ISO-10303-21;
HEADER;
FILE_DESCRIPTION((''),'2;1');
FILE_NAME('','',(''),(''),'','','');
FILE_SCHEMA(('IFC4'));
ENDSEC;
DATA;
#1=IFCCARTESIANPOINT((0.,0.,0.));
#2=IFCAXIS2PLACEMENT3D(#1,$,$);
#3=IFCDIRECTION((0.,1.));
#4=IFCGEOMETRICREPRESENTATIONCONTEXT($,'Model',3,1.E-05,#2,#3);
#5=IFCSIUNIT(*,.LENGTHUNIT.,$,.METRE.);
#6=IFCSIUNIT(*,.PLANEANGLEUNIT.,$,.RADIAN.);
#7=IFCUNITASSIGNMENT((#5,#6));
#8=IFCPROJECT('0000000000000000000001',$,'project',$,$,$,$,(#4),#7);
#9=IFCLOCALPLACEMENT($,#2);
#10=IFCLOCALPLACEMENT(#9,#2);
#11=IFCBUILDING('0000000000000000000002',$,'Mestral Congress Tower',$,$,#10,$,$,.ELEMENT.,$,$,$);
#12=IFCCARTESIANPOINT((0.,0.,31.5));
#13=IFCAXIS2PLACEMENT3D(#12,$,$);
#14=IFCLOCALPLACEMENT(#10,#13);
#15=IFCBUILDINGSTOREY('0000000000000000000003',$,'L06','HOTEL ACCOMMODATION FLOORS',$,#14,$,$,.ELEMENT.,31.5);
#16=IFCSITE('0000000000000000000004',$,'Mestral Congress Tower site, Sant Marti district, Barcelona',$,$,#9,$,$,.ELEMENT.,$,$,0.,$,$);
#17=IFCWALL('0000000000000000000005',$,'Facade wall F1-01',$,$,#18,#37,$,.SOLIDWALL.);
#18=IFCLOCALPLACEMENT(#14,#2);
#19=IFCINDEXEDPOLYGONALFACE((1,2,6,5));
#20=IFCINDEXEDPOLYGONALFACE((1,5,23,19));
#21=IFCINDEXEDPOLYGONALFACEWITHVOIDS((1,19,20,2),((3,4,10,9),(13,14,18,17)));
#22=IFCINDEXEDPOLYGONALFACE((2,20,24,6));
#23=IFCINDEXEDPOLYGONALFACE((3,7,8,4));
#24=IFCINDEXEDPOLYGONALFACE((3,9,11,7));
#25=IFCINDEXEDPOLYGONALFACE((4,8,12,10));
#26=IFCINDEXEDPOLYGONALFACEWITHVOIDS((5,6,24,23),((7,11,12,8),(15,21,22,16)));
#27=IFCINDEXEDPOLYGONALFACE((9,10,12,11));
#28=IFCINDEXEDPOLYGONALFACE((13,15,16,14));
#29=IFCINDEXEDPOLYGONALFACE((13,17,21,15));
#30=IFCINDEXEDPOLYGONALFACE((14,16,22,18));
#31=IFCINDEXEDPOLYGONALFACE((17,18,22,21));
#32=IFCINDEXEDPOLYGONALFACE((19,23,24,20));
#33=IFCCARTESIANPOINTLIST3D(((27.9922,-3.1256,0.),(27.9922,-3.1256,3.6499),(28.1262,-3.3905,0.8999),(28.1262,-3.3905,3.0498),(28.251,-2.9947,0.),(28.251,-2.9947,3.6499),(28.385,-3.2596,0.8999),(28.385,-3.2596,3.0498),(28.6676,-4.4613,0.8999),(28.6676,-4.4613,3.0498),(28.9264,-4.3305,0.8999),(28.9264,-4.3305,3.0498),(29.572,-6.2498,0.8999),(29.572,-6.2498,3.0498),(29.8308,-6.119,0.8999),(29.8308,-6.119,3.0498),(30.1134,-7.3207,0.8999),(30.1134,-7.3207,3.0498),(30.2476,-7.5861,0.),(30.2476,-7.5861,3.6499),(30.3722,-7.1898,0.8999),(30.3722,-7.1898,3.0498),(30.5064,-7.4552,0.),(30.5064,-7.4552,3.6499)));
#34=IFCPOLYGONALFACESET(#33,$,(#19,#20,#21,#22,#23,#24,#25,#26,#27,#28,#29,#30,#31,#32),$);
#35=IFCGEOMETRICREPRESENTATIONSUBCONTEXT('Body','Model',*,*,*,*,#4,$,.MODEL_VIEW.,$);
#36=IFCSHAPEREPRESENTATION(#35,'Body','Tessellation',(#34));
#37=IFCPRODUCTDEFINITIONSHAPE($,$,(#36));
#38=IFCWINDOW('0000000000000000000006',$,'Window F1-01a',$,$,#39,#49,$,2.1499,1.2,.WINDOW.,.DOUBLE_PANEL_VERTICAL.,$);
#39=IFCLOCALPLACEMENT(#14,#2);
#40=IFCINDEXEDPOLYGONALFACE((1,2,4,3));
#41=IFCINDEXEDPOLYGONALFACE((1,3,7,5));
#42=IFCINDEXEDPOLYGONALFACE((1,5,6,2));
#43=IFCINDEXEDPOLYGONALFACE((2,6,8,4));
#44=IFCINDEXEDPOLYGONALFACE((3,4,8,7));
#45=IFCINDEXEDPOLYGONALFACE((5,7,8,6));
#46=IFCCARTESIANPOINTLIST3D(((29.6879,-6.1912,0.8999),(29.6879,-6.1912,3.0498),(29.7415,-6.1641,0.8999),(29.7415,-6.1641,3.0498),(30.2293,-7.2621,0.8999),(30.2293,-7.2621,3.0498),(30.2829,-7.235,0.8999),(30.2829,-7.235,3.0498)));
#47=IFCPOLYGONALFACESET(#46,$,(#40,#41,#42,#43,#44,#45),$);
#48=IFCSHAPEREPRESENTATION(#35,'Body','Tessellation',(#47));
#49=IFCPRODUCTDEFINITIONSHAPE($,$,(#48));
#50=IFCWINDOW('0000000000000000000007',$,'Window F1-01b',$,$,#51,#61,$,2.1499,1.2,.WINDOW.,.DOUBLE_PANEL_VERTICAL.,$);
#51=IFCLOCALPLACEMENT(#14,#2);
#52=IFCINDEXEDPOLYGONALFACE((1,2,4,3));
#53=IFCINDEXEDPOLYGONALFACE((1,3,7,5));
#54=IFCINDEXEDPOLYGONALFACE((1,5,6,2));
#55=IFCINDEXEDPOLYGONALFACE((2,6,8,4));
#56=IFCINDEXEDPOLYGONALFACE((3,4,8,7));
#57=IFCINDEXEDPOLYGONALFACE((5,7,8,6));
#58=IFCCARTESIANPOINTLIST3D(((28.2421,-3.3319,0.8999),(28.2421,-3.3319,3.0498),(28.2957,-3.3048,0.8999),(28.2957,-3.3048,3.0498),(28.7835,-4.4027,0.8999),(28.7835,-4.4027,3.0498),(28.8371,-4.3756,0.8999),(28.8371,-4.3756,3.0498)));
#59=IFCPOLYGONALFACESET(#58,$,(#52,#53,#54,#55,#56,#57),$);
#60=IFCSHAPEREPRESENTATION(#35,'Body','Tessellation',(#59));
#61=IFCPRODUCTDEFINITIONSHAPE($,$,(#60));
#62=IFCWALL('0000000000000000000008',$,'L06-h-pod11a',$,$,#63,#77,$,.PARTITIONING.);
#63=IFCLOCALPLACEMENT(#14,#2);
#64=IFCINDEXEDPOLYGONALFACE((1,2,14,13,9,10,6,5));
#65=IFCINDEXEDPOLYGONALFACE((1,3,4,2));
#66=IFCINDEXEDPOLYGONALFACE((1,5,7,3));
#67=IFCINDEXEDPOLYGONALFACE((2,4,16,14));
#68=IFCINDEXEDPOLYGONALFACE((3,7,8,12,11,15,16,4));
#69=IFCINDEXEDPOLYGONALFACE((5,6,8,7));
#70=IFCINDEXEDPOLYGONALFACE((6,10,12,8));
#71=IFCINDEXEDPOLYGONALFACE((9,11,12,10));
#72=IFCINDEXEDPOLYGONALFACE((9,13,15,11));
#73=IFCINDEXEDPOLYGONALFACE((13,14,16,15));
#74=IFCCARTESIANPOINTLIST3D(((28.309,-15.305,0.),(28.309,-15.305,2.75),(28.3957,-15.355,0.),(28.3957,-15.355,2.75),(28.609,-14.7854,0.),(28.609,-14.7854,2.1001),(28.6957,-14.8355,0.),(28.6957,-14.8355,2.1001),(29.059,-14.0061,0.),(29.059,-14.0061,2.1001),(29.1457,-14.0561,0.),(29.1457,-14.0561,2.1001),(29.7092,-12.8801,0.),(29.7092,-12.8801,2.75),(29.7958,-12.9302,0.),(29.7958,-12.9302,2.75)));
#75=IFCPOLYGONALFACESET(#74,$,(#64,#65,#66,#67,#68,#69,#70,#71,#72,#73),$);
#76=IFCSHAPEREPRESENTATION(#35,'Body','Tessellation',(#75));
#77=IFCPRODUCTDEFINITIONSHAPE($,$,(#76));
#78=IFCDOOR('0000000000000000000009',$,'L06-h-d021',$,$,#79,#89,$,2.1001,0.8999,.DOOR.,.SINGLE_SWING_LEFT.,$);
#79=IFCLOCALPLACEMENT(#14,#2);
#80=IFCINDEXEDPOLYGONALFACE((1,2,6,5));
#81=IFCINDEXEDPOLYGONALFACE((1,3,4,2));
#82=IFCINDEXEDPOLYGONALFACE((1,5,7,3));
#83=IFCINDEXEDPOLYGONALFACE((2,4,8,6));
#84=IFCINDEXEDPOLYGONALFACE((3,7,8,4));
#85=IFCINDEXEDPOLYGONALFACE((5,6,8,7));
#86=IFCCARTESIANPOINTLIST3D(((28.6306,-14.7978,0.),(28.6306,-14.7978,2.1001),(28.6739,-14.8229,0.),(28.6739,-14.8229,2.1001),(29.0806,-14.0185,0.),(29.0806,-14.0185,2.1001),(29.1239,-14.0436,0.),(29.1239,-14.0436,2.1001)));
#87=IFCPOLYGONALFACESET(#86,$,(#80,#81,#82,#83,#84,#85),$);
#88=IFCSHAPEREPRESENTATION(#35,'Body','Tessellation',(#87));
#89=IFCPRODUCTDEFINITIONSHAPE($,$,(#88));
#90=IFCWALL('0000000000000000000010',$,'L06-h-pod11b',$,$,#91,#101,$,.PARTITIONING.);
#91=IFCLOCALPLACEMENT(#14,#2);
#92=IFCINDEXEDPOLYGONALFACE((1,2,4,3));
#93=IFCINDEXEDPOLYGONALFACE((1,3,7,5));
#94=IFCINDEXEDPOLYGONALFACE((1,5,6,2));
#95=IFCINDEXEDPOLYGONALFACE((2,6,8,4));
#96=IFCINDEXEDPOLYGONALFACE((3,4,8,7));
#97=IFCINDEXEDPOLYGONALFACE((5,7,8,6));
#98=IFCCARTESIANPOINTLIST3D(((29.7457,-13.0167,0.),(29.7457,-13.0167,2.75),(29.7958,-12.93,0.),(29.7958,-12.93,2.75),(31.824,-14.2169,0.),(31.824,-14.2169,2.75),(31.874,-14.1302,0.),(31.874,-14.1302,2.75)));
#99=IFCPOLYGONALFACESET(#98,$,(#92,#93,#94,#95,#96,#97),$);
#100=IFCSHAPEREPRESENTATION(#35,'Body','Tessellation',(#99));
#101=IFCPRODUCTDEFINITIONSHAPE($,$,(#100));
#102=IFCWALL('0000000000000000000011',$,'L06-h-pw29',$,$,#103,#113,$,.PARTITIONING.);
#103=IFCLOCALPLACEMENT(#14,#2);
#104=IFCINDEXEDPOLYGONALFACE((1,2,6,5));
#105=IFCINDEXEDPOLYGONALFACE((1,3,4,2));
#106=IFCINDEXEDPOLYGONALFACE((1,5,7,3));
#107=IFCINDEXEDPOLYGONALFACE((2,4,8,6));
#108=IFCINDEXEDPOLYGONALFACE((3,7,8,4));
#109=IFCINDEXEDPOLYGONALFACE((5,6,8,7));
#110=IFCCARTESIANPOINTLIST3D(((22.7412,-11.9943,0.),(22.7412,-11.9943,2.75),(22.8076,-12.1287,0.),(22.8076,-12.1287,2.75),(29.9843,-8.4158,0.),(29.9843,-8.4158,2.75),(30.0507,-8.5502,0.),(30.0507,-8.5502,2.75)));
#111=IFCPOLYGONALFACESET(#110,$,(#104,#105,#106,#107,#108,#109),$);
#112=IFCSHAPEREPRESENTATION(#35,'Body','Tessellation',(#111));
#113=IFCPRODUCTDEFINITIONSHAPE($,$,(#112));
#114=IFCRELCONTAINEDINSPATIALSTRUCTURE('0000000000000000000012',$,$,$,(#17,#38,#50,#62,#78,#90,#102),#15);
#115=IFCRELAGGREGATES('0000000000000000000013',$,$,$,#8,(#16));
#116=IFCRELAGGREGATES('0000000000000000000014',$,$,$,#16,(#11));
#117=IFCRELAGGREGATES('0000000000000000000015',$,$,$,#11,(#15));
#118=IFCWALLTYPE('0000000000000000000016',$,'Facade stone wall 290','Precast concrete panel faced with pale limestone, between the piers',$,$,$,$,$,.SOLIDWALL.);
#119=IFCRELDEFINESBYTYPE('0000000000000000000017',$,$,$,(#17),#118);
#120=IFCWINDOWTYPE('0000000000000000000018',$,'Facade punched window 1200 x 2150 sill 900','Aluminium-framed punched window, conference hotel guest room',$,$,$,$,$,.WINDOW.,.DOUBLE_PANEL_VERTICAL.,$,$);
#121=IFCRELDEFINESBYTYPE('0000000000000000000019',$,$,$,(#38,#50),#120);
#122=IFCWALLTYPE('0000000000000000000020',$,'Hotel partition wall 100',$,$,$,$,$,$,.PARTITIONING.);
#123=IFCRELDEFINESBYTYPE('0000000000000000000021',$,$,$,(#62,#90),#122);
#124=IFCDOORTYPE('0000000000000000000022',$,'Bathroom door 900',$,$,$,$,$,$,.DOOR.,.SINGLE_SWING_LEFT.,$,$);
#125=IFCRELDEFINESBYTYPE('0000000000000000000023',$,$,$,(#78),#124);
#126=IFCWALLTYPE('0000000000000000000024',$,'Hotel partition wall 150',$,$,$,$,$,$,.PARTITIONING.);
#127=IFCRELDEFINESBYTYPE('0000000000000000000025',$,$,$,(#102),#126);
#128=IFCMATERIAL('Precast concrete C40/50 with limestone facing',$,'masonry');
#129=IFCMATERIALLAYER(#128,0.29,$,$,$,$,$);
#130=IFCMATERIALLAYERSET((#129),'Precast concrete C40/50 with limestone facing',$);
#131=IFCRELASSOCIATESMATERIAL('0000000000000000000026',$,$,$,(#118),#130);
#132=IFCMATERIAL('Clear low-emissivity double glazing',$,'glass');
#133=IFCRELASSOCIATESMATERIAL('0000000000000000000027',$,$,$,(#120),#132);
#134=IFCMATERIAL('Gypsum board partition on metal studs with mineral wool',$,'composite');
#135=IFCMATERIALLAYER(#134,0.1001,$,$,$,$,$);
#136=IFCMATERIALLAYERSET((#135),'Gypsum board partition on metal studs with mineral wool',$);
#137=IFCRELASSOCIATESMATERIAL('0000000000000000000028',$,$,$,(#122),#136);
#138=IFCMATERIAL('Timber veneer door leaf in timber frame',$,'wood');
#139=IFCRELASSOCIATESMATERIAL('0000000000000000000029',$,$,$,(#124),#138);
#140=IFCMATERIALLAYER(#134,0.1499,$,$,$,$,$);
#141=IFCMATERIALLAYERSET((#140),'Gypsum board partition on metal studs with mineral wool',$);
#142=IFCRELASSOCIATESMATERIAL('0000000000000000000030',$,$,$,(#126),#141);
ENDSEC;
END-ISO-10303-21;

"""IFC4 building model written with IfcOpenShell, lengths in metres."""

from ifc_helpers import new_model, si_unit, direction, frame, frame_2d, origin, place, context, subcontext, project, spatial, rectangle, extrude, material, layer, layer_set, type_object, element, fill, save


model = new_model("IFC4")

# Units and contexts
model_context = context("Model", 3, precision=1e-05, world=origin(), true_north=direction((0.0, 1.0)))
body_context = subcontext(model_context, "Body", "Model", "MODEL_VIEW")
ifc_project = project(units=[si_unit("LENGTHUNIT", "METRE"), si_unit("PLANEANGLEUNIT", "RADIAN")], contexts=[model_context])

# Site, building, storey
site_placement = place(None, origin())
site = spatial("IfcSite", under=ifc_project, at=site_placement, Name="Mestral Congress Tower site, Sant Marti district, Barcelona", CompositionType="ELEMENT", RefElevation=0.0)
building_placement = place(site_placement, origin())
building = spatial("IfcBuilding", under=site, at=building_placement, Name="Mestral Congress Tower", CompositionType="ELEMENT")
storey_placement = place(building_placement, frame((0.0, 0.0, 31.5)))
storey = spatial("IfcBuildingStorey", under=building, at=storey_placement, Name="L06", Description="HOTEL ACCOMMODATION FLOORS", CompositionType="ELEMENT", Elevation=31.5)

# Shared definitions
ifc_material_1 = material(Name="Precast concrete C40/50 with limestone facing", Category="masonry")
ifc_layer_1 = layer(ifc_material_1, 0.29)
ifc_layer_set_1 = layer_set([ifc_layer_1], Name="Precast concrete C40/50 with limestone facing")
wall_type_1 = type_object("IfcWallType", Name="Facade stone wall 290", Description="Precast concrete panel faced with pale limestone, between the piers", PredefinedType="SOLIDWALL", material=ifc_layer_set_1)
ifc_material_2 = material(Name="Clear low-emissivity double glazing", Category="glass")

# Wall, openings, windows
window_type_1 = type_object("IfcWindowType", Name="Facade punched window 1200 x 2150 sill 900", Description="Aluminium-framed punched window, conference hotel guest room", PartitioningType="DOUBLE_PANEL_VERTICAL", PredefinedType="WINDOW", material=ifc_material_2)
wall_1_placement = place(storey_placement, frame((30.377, -7.5205, 0.0), z_axis=(0.0, 0.0, 1.0), x_axis=(-0.451234, 0.892406, 0.0)))
wall_1 = element("IfcWall", 1, at=wall_1_placement, inside=storey, type_object=wall_type_1, Name="Facade wall F1-01", PredefinedType="SOLIDWALL", context=body_context, shape_type="SweptSolid", body=[
    extrude(rectangle(XDim=4.9983, YDim=0.29, at=frame_2d((2.499, 0.0))), origin(), (0.0, 0.0, 1.0), 3.6499),
])
opening_1_placement = place(wall_1_placement, frame((0.2971, 0.0, 0.8999)))
opening_1 = element("IfcOpeningElement", 2, at=opening_1_placement, cuts=wall_1, PredefinedType="OPENING", context=body_context, shape_type="SweptSolid", body=[
    extrude(rectangle(XDim=1.2, YDim=2.1499, at=frame_2d((0.6001, 1.075))), frame((0.0, 0.155, 0.0), z_axis=(0.0, -1.0, 0.0), x_axis=(1.0, 0.0, 0.0)), (0.0, 0.0, 1.0), 0.3101),
])
opening_2_placement = place(wall_1_placement, frame((3.5012, 0.0, 0.8999)))
opening_2 = element("IfcOpeningElement", 3, at=opening_2_placement, cuts=wall_1, PredefinedType="OPENING", context=body_context, shape_type="SweptSolid", body=[
    extrude(rectangle(XDim=1.2, YDim=2.1499, at=frame_2d((0.6001, 1.075))), frame((0.0, 0.155, 0.0), z_axis=(0.0, -1.0, 0.0), x_axis=(1.0, 0.0, 0.0)), (0.0, 0.0, 1.0), 0.3101),
])
window_1_placement = place(opening_1_placement, origin())
window_1 = element("IfcWindow", 4, at=window_1_placement, inside=storey, type_object=window_type_1, Name="Window F1-01a", OverallHeight=2.1499, OverallWidth=1.2, PartitioningType="DOUBLE_PANEL_VERTICAL", PredefinedType="WINDOW", context=body_context, shape_type="SweptSolid", body=[
    extrude(rectangle(XDim=1.2, YDim=2.1499, at=frame_2d((0.6001, 1.075))), frame((0.0, 0.0151, 0.0), z_axis=(0.0, -1.0, 0.0), x_axis=(1.0, 0.0, 0.0)), (0.0, 0.0, 1.0), 0.0601),
])
fill(opening_1, window_1)
window_2_placement = place(opening_2_placement, origin())
window_2 = element("IfcWindow", 5, at=window_2_placement, inside=storey, type_object=window_type_1, Name="Window F1-01b", OverallHeight=2.1499, OverallWidth=1.2, PartitioningType="DOUBLE_PANEL_VERTICAL", PredefinedType="WINDOW", context=body_context, shape_type="SweptSolid", body=[
    extrude(rectangle(XDim=1.2, YDim=2.1499, at=frame_2d((0.6001, 1.075))), frame((0.0, 0.0151, 0.0), z_axis=(0.0, -1.0, 0.0), x_axis=(1.0, 0.0, 0.0)), (0.0, 0.0, 1.0), 0.0601),
])
fill(opening_2, window_2)

# Wall, opening, door
ifc_material_3 = material(Name="Gypsum board partition on metal studs with mineral wool", Category="composite")
ifc_layer_2 = layer(ifc_material_3, 0.1001)
ifc_layer_set_2 = layer_set([ifc_layer_2], Name="Gypsum board partition on metal studs with mineral wool")
wall_type_2 = type_object("IfcWallType", Name="Hotel partition wall 100", PredefinedType="PARTITIONING", material=ifc_layer_set_2)
wall_2_placement = place(storey_placement, frame((29.7524, -12.9053, 0.0), z_axis=(0.0, 0.0, 1.0), x_axis=(-0.50005, -0.865997, 0.0)))
wall_2 = element("IfcWall", 6, at=wall_2_placement, inside=storey, type_object=wall_type_2, Name="L06-h-pod11a", PredefinedType="PARTITIONING", context=body_context, shape_type="SweptSolid", body=[
    extrude(rectangle(XDim=2.8, YDim=0.1001, at=frame_2d((1.3999, 0.0))), origin(), (0.0, 0.0, 1.0), 2.75),
])
opening_3_placement = place(wall_2_placement, frame((1.3, 0.0, 0.0)))
opening_3 = element("IfcOpeningElement", 7, at=opening_3_placement, cuts=wall_2, PredefinedType="OPENING", context=body_context, shape_type="SweptSolid", body=[
    extrude(rectangle(XDim=0.8999, YDim=2.1001, at=frame_2d((0.45, 1.05))), frame((0.0, 0.0601, 0.0), z_axis=(0.0, -1.0, 0.0), x_axis=(1.0, 0.0, 0.0)), (0.0, 0.0, 1.0), 0.1201),
])
ifc_material_4 = material(Name="Timber veneer door leaf in timber frame", Category="wood")
door_type = type_object("IfcDoorType", Name="Bathroom door 900", OperationType="SINGLE_SWING_LEFT", PredefinedType="DOOR", material=ifc_material_4)
door_placement = place(opening_3_placement, origin())
door = element("IfcDoor", 8, at=door_placement, inside=storey, type_object=door_type, Name="L06-h-d021", OperationType="SINGLE_SWING_LEFT", OverallHeight=2.1001, OverallWidth=0.8999, PredefinedType="DOOR", context=body_context, shape_type="SweptSolid", body=[
    extrude(rectangle(XDim=0.8999, YDim=2.1001, at=frame_2d((0.45, 1.05))), frame((0.0, 0.0249, 0.0), z_axis=(0.0, -1.0, 0.0), x_axis=(1.0, 0.0, 0.0)), (0.0, 0.0, 1.0), 0.05),
])
fill(opening_3, door)

# Walls
wall_3_placement = place(storey_placement, frame((29.7708, -12.9734, 0.0), z_axis=(0.0, 0.0, 1.0), x_axis=(0.865981, -0.500078, 0.0)))
element("IfcWall", 9, at=wall_3_placement, inside=storey, type_object=wall_type_2, Name="L06-h-pod11b", PredefinedType="PARTITIONING", context=body_context, shape_type="SweptSolid", body=[
    extrude(rectangle(XDim=2.3999, YDim=0.1001, at=frame_2d((1.2, 0.0))), origin(), (0.0, 0.0, 1.0), 2.75),
])
ifc_layer_3 = layer(ifc_material_3, 0.1499)
ifc_layer_set_3 = layer_set([ifc_layer_3], Name="Gypsum board partition on metal studs with mineral wool")
wall_type_3 = type_object("IfcWallType", Name="Hotel partition wall 150", PredefinedType="PARTITIONING", material=ifc_layer_set_3)
wall_4_placement = place(storey_placement, frame((30.0176, -8.4829, 0.0), z_axis=(0.0, 0.0, 1.0), x_axis=(-0.896545, -0.442954, 0.0)))
element("IfcWall", 10, at=wall_4_placement, inside=storey, type_object=wall_type_3, Name="L06-h-pw29", PredefinedType="PARTITIONING", context=body_context, shape_type="SweptSolid", body=[
    extrude(rectangle(XDim=8.0789, YDim=0.1499, at=frame_2d((4.0396, 0.0))), origin(), (0.0, 0.0, 1.0), 2.75),
])

save(model, "model.ifc")
